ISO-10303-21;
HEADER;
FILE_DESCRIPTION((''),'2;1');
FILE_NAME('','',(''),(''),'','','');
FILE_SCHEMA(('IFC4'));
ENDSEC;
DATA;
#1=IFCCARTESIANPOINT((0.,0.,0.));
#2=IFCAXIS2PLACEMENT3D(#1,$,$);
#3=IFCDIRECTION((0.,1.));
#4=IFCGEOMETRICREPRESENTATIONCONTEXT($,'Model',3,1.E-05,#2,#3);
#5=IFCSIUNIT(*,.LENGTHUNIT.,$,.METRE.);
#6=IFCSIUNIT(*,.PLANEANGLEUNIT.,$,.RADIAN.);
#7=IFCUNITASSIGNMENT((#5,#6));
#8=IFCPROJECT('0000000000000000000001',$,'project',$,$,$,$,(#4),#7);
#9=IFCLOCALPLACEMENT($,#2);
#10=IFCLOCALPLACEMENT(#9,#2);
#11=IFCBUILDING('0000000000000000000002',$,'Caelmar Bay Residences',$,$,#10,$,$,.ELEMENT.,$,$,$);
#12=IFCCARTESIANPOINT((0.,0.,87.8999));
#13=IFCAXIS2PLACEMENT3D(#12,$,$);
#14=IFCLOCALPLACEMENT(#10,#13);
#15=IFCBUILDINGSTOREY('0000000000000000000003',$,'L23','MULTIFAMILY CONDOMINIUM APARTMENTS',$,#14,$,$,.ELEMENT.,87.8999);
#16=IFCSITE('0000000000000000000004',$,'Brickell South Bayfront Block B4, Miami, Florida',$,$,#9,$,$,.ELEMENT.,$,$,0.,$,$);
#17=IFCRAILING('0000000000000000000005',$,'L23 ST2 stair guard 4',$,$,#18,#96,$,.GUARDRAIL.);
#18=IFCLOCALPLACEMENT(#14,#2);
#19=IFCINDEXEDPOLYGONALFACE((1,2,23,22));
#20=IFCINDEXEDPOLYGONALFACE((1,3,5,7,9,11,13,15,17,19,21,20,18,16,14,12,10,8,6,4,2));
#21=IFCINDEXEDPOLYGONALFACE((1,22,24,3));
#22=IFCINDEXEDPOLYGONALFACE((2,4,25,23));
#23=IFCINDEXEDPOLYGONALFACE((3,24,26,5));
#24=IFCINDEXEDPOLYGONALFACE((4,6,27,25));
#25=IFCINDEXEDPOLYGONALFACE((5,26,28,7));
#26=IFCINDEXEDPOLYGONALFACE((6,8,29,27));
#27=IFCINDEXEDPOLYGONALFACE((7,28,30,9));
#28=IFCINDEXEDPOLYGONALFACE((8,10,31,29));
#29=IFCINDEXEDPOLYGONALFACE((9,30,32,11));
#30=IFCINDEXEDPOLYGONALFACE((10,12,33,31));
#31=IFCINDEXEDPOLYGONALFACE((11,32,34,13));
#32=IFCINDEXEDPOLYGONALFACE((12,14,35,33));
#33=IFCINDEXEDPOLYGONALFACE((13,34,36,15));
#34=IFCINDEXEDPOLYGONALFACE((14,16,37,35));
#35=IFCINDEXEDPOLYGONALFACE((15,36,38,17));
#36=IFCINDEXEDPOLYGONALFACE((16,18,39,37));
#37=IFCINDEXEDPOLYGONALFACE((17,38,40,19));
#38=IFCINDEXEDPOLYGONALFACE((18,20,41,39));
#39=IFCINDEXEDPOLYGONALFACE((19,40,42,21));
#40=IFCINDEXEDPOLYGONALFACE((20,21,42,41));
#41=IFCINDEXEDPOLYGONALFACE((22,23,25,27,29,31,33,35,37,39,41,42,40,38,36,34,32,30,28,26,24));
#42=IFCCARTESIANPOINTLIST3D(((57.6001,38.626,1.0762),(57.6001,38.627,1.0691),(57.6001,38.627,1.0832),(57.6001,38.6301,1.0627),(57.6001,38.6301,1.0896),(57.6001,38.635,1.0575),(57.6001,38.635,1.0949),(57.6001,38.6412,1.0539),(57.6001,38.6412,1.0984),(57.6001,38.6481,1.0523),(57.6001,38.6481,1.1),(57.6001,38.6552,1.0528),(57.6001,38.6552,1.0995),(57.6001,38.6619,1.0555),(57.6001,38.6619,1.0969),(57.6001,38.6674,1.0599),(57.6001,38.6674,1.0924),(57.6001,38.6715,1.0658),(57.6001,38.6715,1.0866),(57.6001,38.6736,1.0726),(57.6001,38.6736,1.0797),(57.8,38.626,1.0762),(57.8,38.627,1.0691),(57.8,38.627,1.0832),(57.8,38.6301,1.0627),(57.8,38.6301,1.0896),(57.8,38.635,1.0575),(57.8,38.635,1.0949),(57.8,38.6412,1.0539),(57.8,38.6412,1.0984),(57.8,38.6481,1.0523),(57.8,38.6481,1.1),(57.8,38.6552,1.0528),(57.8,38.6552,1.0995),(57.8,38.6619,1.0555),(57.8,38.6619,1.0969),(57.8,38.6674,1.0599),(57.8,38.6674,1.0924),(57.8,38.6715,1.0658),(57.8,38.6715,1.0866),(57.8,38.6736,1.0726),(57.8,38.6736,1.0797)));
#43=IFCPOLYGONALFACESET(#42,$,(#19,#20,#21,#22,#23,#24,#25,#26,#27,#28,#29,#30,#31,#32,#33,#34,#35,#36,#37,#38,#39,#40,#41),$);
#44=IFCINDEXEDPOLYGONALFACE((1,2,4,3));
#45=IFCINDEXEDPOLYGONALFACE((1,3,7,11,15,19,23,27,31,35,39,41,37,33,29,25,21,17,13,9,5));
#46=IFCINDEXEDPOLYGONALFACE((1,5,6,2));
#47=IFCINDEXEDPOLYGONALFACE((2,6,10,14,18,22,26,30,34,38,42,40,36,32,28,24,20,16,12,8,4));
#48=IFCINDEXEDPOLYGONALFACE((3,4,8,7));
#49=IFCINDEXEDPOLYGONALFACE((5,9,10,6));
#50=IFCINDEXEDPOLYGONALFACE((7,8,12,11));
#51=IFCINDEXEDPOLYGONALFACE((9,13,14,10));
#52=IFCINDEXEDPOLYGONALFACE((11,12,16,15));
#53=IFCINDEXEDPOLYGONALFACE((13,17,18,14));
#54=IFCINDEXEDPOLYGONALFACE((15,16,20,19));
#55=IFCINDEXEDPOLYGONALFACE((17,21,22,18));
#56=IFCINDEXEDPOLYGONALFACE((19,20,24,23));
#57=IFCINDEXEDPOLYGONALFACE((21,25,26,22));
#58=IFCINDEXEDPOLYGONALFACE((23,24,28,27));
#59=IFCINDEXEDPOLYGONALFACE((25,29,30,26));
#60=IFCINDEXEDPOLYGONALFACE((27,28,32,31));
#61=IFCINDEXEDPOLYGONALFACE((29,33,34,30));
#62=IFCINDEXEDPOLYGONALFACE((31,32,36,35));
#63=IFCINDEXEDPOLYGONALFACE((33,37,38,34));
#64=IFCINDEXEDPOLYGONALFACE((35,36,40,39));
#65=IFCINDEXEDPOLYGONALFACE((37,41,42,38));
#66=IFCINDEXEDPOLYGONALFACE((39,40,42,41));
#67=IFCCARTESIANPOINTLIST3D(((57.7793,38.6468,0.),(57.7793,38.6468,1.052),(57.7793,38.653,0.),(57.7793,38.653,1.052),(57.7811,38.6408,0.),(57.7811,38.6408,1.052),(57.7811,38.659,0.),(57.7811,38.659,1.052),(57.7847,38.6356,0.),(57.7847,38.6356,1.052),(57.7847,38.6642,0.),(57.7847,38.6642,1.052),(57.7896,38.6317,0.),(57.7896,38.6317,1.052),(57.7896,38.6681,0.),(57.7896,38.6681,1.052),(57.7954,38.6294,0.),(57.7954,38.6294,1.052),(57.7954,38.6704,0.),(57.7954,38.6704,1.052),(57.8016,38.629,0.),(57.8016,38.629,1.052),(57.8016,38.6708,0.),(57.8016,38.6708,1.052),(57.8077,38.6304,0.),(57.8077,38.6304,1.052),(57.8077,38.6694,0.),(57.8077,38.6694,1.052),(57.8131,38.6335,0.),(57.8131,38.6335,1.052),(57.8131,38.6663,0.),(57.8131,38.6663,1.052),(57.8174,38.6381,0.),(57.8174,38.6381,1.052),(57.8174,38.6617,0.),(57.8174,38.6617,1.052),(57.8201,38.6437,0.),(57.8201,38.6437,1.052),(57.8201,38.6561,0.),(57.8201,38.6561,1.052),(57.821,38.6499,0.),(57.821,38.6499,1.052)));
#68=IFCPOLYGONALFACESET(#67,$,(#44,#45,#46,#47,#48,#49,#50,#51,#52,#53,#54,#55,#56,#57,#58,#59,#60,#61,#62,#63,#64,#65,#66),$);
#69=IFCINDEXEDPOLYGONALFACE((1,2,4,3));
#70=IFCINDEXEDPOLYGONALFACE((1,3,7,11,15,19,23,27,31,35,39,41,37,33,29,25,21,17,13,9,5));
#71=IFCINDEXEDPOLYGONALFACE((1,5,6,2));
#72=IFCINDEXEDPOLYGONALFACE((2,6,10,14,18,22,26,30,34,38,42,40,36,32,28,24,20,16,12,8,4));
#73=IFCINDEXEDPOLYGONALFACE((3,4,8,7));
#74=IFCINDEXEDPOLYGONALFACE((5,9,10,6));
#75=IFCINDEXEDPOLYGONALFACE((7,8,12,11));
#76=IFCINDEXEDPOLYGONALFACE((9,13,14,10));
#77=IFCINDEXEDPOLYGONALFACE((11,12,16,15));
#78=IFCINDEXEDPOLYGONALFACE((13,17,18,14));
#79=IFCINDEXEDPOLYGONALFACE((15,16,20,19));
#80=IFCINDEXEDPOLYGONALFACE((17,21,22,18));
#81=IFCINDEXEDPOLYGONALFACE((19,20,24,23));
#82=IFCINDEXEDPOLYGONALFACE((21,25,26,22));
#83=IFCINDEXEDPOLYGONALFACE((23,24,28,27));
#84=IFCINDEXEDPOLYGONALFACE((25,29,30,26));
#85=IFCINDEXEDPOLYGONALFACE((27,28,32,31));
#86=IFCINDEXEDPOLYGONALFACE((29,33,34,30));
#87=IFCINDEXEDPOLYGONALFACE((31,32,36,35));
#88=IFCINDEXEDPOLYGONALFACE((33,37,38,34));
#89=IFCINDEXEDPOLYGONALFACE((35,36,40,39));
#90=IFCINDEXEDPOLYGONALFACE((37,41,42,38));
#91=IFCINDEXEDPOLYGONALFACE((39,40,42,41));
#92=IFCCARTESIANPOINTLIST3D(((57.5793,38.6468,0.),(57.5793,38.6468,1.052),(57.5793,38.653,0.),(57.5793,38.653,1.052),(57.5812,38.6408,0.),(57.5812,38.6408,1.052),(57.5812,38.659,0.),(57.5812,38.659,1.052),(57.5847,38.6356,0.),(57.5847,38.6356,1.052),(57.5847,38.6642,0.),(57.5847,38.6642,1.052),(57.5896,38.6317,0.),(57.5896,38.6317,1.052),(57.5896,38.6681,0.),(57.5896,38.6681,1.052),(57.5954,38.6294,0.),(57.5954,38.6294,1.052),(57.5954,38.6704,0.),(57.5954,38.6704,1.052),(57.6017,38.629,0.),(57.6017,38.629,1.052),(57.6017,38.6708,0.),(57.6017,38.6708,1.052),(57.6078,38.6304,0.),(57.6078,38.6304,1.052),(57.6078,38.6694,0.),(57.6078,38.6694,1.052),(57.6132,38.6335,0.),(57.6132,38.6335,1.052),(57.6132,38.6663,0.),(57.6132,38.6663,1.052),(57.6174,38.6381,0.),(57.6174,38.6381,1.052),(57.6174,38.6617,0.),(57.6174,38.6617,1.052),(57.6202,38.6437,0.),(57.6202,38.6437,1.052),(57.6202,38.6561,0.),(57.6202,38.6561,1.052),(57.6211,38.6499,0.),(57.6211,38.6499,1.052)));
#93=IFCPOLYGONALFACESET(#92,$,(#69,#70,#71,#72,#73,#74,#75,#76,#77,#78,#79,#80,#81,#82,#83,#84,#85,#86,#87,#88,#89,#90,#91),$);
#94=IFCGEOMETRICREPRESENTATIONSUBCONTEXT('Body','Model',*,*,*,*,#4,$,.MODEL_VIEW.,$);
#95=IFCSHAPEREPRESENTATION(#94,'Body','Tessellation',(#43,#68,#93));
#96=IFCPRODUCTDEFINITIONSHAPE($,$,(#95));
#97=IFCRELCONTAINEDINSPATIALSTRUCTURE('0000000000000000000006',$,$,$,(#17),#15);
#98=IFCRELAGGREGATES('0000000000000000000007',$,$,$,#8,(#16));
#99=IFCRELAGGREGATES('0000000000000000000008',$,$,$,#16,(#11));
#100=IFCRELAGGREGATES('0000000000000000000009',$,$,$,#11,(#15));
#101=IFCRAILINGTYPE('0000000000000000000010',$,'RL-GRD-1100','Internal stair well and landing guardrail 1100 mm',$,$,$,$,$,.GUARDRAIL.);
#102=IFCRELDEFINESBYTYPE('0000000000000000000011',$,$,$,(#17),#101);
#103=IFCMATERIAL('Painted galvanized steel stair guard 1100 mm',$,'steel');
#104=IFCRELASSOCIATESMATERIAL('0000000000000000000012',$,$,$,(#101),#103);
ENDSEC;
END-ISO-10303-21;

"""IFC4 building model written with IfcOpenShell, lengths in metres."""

from ifc_helpers import new_model, si_unit, direction, frame, origin, origin_2d, place, context, subcontext, project, spatial, circle, extrude, material, type_object, element, save


model = new_model("IFC4")

# Units and contexts
model_context = context("Model", 3, precision=1e-05, world=origin(), true_north=direction((0.0, 1.0)))
body_context = subcontext(model_context, "Body", "Model", "MODEL_VIEW")
ifc_project = project(units=[si_unit("LENGTHUNIT", "METRE"), si_unit("PLANEANGLEUNIT", "RADIAN")], contexts=[model_context])

# Site, building, storey
site_placement = place(None, origin())
site = spatial("IfcSite", under=ifc_project, at=site_placement, Name="Brickell South Bayfront Block B4, Miami, Florida", CompositionType="ELEMENT", RefElevation=0.0)
building_placement = place(site_placement, origin())
building = spatial("IfcBuilding", under=site, at=building_placement, Name="Caelmar Bay Residences", CompositionType="ELEMENT")
storey_placement = place(building_placement, frame((0.0, 0.0, 87.8999)))
storey = spatial("IfcBuildingStorey", under=building, at=storey_placement, Name="L23", Description="MULTIFAMILY CONDOMINIUM APARTMENTS", CompositionType="ELEMENT", Elevation=87.8999)

# Railing
ifc_material_1 = material(Name="Painted galvanized steel stair guard 1100 mm", Category="steel")
railing_type_1 = type_object("IfcRailingType", Name="RL-GRD-1100", Description="Internal stair well and landing guardrail 1100 mm", PredefinedType="GUARDRAIL", material=ifc_material_1)
railing_1_placement = place(storey_placement, frame((57.8, 38.6499, 0.0)))
element("IfcRailing", 1, at=railing_1_placement, inside=storey, type_object=railing_type_1, Name="L23 ST2 stair guard 4", PredefinedType="GUARDRAIL", context=body_context, shape_type="SweptSolid", body=[
    extrude(circle(Radius=0.0239, at=origin_2d()), frame((0.0, 0.0, 1.0762), z_axis=(-1.0, 0.0, 0.0), x_axis=(0.0, -1.0, 0.0)), (0.0, 0.0, 1.0), 0.2),
    extrude(circle(Radius=0.021, at=origin_2d()), origin(), (0.0, 0.0, 1.0), 1.052),
    extrude(circle(Radius=0.021, at=origin_2d()), frame((-0.2, 0.0, 0.0)), (0.0, 0.0, 1.0), 1.052),
])

save(model, "model.ifc")
